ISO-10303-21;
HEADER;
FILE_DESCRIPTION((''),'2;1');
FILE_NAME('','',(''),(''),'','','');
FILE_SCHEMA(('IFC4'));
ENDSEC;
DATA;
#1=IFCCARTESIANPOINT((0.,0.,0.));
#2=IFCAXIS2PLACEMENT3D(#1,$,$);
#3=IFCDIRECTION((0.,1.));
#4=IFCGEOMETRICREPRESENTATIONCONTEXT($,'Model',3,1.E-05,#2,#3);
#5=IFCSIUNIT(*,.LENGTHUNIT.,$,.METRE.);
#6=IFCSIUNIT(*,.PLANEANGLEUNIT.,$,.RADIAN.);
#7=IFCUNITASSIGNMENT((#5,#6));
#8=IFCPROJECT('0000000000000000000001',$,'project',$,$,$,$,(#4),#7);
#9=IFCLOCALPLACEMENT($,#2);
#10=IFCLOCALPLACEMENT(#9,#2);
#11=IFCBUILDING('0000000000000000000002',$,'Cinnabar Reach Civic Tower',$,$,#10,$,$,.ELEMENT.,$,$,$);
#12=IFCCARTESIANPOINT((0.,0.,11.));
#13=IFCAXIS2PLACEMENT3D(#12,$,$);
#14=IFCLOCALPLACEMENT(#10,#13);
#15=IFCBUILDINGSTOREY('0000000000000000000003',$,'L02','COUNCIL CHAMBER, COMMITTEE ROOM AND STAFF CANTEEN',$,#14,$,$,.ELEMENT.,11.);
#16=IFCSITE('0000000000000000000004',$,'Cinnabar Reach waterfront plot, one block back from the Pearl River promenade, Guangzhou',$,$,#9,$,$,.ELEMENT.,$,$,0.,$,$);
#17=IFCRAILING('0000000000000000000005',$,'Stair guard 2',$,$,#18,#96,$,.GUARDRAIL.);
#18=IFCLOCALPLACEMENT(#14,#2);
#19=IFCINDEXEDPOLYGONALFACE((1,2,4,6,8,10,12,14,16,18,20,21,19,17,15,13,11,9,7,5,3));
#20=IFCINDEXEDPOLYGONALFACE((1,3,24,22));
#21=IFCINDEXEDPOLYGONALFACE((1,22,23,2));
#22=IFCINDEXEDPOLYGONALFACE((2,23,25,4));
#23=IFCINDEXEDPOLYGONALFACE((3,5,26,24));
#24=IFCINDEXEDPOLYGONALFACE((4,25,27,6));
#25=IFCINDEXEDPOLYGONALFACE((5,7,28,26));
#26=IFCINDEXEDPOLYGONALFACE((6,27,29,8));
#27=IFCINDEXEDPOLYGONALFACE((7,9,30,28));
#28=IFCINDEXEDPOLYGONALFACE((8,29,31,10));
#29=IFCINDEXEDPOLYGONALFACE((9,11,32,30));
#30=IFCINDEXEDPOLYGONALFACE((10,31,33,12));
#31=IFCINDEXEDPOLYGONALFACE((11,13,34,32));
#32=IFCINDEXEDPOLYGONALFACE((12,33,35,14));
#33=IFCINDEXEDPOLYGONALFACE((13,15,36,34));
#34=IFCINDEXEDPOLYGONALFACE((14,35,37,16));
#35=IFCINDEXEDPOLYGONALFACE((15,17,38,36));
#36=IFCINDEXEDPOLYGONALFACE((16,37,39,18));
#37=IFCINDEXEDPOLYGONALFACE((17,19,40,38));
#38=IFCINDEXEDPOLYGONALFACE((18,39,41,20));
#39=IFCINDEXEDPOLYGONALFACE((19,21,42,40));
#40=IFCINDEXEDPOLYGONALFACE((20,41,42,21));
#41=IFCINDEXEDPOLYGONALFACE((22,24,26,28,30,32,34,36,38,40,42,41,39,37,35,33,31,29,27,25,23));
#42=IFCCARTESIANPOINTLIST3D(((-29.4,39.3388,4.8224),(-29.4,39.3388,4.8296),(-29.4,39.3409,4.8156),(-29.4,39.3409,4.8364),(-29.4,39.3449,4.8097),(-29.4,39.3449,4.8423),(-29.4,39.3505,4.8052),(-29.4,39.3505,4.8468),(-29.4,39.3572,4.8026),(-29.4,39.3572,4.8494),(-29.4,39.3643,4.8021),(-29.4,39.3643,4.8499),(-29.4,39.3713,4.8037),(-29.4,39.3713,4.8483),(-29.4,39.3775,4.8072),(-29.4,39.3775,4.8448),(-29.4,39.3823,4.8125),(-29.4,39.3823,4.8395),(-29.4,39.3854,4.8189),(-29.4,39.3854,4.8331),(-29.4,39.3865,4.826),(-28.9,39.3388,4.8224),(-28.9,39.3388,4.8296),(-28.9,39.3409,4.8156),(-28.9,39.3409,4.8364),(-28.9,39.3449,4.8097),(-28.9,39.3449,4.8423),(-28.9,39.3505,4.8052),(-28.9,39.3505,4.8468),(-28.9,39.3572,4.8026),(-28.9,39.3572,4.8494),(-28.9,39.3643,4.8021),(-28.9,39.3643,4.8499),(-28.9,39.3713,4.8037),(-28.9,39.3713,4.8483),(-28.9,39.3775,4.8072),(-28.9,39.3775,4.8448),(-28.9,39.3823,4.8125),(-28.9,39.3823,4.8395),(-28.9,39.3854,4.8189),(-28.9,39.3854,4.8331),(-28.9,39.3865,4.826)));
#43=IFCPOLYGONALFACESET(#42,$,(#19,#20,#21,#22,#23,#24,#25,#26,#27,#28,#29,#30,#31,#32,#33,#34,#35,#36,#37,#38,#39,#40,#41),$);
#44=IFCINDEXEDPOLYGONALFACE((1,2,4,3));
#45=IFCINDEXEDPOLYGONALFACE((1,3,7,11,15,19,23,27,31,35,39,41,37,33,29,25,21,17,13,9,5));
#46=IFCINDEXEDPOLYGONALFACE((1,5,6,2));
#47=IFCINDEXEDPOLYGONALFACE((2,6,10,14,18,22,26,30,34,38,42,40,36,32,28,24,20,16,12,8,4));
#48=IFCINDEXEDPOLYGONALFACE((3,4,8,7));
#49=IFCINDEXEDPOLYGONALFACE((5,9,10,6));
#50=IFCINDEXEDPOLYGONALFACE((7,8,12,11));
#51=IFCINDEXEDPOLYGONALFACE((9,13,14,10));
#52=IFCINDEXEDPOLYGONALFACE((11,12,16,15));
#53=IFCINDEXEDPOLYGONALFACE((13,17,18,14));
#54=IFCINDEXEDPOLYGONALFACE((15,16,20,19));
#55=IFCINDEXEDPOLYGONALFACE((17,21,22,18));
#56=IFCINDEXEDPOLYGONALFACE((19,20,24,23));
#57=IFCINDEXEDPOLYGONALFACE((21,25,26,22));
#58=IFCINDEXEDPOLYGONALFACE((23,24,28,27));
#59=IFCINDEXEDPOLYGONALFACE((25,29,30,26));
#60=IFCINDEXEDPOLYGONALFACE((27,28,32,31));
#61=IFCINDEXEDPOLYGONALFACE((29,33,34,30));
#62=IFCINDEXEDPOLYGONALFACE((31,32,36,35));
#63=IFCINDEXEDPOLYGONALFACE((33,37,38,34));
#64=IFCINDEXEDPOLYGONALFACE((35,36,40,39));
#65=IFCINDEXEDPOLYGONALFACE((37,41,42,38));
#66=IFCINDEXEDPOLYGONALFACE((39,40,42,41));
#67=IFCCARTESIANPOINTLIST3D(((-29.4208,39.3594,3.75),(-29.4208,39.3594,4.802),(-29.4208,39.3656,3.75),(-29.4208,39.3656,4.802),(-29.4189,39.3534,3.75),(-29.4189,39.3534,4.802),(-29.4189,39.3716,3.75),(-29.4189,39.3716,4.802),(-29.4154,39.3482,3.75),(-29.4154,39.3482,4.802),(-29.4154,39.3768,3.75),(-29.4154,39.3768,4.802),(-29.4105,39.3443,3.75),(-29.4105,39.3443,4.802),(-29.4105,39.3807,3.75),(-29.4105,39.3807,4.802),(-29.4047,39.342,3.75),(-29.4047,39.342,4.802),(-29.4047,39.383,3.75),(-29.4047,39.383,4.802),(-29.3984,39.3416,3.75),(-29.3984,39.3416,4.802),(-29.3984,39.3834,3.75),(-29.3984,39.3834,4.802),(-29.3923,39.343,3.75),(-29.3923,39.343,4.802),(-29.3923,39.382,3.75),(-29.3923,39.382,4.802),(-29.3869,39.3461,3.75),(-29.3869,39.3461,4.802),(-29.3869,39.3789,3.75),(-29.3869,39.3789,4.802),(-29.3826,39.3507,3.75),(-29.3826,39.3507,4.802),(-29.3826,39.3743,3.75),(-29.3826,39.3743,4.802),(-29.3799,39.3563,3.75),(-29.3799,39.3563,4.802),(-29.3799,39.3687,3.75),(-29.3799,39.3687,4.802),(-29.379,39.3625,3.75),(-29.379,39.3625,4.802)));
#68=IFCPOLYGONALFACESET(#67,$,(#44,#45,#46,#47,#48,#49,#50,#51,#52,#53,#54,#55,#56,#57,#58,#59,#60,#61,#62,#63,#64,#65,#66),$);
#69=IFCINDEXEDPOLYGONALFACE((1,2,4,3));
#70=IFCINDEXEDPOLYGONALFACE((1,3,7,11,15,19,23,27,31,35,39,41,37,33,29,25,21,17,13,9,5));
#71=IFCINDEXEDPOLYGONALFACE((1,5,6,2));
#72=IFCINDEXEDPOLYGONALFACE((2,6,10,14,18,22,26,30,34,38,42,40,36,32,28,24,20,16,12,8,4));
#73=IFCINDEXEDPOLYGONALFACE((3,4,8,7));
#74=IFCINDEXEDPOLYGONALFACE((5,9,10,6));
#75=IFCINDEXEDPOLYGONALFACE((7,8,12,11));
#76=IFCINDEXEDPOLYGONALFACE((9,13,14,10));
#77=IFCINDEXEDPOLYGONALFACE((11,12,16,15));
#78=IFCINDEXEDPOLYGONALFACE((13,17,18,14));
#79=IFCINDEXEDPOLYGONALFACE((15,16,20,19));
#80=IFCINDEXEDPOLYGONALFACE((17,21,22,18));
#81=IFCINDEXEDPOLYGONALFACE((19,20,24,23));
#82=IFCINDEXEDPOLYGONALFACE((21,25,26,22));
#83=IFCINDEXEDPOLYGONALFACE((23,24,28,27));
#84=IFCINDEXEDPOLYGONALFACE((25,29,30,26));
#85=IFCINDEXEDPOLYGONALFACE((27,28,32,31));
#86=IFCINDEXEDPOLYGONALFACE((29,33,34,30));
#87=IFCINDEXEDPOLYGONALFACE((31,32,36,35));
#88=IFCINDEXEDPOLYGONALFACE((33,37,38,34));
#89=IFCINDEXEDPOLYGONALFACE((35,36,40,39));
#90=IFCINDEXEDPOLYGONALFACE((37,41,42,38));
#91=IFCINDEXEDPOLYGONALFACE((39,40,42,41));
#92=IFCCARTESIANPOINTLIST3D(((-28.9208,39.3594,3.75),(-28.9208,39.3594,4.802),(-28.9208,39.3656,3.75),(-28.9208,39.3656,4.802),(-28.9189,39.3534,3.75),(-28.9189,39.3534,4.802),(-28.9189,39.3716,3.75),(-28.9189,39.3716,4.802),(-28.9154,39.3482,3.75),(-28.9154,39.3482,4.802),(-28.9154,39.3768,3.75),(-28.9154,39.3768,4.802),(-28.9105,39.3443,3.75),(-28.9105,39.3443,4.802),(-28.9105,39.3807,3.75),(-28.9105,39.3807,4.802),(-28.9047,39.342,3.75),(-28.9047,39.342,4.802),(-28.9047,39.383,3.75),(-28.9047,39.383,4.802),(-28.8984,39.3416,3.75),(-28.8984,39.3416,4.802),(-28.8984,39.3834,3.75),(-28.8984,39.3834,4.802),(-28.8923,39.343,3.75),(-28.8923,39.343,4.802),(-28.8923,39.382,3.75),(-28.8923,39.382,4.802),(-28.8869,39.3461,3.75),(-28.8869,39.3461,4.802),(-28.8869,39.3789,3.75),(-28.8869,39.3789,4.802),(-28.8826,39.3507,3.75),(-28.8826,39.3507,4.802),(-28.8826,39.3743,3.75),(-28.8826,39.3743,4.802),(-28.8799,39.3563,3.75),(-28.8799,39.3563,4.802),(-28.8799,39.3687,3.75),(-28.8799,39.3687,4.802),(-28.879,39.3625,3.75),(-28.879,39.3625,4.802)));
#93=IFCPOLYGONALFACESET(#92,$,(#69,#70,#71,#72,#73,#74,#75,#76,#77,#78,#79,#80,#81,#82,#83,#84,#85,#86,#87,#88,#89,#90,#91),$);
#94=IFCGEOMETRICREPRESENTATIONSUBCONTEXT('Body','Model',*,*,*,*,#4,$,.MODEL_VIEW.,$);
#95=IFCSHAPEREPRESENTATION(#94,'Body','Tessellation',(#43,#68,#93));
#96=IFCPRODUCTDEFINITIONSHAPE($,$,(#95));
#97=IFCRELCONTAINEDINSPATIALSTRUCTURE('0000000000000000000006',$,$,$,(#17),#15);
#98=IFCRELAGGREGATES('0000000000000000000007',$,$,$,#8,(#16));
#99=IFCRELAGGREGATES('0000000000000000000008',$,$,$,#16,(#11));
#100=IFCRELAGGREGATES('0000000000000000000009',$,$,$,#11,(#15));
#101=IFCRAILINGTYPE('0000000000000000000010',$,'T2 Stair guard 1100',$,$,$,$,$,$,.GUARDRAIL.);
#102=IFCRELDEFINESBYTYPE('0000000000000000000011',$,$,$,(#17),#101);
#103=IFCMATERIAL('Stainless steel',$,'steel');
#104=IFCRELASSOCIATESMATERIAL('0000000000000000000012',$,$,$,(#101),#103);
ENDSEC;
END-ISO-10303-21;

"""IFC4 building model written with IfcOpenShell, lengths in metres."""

from ifc_helpers import new_model, si_unit, direction, frame, origin, origin_2d, place, context, subcontext, project, spatial, circle, extrude, material, type_object, element, save


model = new_model("IFC4")

# Units and contexts
model_context = context("Model", 3, precision=1e-05, world=origin(), true_north=direction((0.0, 1.0)))
body_context = subcontext(model_context, "Body", "Model", "MODEL_VIEW")
ifc_project = project(units=[si_unit("LENGTHUNIT", "METRE"), si_unit("PLANEANGLEUNIT", "RADIAN")], contexts=[model_context])

# Site, building, storey
site_placement = place(None, origin())
site = spatial("IfcSite", under=ifc_project, at=site_placement, Name="Cinnabar Reach waterfront plot, one block back from the Pearl River promenade, Guangzhou", CompositionType="ELEMENT", RefElevation=0.0)
building_placement = place(site_placement, origin())
building = spatial("IfcBuilding", under=site, at=building_placement, Name="Cinnabar Reach Civic Tower", CompositionType="ELEMENT")
storey_placement = place(building_placement, frame((0.0, 0.0, 11.0)))
storey = spatial("IfcBuildingStorey", under=building, at=storey_placement, Name="L02", Description="COUNCIL CHAMBER, COMMITTEE ROOM AND STAFF CANTEEN", CompositionType="ELEMENT", Elevation=11.0)

# Railing
ifc_material_1 = material(Name="Stainless steel", Category="steel")
railing_type = type_object("IfcRailingType", Name="T2 Stair guard 1100", PredefinedType="GUARDRAIL", material=ifc_material_1)
railing_1_placement = place(storey_placement, frame((-29.4, 39.3625, 3.75)))
element("IfcRailing", 1, at=railing_1_placement, inside=storey, type_object=railing_type, Name="Stair guard 2", PredefinedType="GUARDRAIL", context=body_context, shape_type="SweptSolid", body=[
    extrude(circle(Radius=0.024, at=origin_2d()), frame((0.0, 0.0, 1.076), z_axis=(1.0, 0.0, 0.0), x_axis=(0.0, 1.0, 0.0)), (0.0, 0.0, 1.0), 0.5),
    extrude(circle(Radius=0.021, at=origin_2d()), origin(), (0.0, 0.0, 1.0), 1.052),
    extrude(circle(Radius=0.021, at=origin_2d()), frame((0.5, 0.0, 0.0)), (0.0, 0.0, 1.0), 1.052),
])

save(model, "model.ifc")
